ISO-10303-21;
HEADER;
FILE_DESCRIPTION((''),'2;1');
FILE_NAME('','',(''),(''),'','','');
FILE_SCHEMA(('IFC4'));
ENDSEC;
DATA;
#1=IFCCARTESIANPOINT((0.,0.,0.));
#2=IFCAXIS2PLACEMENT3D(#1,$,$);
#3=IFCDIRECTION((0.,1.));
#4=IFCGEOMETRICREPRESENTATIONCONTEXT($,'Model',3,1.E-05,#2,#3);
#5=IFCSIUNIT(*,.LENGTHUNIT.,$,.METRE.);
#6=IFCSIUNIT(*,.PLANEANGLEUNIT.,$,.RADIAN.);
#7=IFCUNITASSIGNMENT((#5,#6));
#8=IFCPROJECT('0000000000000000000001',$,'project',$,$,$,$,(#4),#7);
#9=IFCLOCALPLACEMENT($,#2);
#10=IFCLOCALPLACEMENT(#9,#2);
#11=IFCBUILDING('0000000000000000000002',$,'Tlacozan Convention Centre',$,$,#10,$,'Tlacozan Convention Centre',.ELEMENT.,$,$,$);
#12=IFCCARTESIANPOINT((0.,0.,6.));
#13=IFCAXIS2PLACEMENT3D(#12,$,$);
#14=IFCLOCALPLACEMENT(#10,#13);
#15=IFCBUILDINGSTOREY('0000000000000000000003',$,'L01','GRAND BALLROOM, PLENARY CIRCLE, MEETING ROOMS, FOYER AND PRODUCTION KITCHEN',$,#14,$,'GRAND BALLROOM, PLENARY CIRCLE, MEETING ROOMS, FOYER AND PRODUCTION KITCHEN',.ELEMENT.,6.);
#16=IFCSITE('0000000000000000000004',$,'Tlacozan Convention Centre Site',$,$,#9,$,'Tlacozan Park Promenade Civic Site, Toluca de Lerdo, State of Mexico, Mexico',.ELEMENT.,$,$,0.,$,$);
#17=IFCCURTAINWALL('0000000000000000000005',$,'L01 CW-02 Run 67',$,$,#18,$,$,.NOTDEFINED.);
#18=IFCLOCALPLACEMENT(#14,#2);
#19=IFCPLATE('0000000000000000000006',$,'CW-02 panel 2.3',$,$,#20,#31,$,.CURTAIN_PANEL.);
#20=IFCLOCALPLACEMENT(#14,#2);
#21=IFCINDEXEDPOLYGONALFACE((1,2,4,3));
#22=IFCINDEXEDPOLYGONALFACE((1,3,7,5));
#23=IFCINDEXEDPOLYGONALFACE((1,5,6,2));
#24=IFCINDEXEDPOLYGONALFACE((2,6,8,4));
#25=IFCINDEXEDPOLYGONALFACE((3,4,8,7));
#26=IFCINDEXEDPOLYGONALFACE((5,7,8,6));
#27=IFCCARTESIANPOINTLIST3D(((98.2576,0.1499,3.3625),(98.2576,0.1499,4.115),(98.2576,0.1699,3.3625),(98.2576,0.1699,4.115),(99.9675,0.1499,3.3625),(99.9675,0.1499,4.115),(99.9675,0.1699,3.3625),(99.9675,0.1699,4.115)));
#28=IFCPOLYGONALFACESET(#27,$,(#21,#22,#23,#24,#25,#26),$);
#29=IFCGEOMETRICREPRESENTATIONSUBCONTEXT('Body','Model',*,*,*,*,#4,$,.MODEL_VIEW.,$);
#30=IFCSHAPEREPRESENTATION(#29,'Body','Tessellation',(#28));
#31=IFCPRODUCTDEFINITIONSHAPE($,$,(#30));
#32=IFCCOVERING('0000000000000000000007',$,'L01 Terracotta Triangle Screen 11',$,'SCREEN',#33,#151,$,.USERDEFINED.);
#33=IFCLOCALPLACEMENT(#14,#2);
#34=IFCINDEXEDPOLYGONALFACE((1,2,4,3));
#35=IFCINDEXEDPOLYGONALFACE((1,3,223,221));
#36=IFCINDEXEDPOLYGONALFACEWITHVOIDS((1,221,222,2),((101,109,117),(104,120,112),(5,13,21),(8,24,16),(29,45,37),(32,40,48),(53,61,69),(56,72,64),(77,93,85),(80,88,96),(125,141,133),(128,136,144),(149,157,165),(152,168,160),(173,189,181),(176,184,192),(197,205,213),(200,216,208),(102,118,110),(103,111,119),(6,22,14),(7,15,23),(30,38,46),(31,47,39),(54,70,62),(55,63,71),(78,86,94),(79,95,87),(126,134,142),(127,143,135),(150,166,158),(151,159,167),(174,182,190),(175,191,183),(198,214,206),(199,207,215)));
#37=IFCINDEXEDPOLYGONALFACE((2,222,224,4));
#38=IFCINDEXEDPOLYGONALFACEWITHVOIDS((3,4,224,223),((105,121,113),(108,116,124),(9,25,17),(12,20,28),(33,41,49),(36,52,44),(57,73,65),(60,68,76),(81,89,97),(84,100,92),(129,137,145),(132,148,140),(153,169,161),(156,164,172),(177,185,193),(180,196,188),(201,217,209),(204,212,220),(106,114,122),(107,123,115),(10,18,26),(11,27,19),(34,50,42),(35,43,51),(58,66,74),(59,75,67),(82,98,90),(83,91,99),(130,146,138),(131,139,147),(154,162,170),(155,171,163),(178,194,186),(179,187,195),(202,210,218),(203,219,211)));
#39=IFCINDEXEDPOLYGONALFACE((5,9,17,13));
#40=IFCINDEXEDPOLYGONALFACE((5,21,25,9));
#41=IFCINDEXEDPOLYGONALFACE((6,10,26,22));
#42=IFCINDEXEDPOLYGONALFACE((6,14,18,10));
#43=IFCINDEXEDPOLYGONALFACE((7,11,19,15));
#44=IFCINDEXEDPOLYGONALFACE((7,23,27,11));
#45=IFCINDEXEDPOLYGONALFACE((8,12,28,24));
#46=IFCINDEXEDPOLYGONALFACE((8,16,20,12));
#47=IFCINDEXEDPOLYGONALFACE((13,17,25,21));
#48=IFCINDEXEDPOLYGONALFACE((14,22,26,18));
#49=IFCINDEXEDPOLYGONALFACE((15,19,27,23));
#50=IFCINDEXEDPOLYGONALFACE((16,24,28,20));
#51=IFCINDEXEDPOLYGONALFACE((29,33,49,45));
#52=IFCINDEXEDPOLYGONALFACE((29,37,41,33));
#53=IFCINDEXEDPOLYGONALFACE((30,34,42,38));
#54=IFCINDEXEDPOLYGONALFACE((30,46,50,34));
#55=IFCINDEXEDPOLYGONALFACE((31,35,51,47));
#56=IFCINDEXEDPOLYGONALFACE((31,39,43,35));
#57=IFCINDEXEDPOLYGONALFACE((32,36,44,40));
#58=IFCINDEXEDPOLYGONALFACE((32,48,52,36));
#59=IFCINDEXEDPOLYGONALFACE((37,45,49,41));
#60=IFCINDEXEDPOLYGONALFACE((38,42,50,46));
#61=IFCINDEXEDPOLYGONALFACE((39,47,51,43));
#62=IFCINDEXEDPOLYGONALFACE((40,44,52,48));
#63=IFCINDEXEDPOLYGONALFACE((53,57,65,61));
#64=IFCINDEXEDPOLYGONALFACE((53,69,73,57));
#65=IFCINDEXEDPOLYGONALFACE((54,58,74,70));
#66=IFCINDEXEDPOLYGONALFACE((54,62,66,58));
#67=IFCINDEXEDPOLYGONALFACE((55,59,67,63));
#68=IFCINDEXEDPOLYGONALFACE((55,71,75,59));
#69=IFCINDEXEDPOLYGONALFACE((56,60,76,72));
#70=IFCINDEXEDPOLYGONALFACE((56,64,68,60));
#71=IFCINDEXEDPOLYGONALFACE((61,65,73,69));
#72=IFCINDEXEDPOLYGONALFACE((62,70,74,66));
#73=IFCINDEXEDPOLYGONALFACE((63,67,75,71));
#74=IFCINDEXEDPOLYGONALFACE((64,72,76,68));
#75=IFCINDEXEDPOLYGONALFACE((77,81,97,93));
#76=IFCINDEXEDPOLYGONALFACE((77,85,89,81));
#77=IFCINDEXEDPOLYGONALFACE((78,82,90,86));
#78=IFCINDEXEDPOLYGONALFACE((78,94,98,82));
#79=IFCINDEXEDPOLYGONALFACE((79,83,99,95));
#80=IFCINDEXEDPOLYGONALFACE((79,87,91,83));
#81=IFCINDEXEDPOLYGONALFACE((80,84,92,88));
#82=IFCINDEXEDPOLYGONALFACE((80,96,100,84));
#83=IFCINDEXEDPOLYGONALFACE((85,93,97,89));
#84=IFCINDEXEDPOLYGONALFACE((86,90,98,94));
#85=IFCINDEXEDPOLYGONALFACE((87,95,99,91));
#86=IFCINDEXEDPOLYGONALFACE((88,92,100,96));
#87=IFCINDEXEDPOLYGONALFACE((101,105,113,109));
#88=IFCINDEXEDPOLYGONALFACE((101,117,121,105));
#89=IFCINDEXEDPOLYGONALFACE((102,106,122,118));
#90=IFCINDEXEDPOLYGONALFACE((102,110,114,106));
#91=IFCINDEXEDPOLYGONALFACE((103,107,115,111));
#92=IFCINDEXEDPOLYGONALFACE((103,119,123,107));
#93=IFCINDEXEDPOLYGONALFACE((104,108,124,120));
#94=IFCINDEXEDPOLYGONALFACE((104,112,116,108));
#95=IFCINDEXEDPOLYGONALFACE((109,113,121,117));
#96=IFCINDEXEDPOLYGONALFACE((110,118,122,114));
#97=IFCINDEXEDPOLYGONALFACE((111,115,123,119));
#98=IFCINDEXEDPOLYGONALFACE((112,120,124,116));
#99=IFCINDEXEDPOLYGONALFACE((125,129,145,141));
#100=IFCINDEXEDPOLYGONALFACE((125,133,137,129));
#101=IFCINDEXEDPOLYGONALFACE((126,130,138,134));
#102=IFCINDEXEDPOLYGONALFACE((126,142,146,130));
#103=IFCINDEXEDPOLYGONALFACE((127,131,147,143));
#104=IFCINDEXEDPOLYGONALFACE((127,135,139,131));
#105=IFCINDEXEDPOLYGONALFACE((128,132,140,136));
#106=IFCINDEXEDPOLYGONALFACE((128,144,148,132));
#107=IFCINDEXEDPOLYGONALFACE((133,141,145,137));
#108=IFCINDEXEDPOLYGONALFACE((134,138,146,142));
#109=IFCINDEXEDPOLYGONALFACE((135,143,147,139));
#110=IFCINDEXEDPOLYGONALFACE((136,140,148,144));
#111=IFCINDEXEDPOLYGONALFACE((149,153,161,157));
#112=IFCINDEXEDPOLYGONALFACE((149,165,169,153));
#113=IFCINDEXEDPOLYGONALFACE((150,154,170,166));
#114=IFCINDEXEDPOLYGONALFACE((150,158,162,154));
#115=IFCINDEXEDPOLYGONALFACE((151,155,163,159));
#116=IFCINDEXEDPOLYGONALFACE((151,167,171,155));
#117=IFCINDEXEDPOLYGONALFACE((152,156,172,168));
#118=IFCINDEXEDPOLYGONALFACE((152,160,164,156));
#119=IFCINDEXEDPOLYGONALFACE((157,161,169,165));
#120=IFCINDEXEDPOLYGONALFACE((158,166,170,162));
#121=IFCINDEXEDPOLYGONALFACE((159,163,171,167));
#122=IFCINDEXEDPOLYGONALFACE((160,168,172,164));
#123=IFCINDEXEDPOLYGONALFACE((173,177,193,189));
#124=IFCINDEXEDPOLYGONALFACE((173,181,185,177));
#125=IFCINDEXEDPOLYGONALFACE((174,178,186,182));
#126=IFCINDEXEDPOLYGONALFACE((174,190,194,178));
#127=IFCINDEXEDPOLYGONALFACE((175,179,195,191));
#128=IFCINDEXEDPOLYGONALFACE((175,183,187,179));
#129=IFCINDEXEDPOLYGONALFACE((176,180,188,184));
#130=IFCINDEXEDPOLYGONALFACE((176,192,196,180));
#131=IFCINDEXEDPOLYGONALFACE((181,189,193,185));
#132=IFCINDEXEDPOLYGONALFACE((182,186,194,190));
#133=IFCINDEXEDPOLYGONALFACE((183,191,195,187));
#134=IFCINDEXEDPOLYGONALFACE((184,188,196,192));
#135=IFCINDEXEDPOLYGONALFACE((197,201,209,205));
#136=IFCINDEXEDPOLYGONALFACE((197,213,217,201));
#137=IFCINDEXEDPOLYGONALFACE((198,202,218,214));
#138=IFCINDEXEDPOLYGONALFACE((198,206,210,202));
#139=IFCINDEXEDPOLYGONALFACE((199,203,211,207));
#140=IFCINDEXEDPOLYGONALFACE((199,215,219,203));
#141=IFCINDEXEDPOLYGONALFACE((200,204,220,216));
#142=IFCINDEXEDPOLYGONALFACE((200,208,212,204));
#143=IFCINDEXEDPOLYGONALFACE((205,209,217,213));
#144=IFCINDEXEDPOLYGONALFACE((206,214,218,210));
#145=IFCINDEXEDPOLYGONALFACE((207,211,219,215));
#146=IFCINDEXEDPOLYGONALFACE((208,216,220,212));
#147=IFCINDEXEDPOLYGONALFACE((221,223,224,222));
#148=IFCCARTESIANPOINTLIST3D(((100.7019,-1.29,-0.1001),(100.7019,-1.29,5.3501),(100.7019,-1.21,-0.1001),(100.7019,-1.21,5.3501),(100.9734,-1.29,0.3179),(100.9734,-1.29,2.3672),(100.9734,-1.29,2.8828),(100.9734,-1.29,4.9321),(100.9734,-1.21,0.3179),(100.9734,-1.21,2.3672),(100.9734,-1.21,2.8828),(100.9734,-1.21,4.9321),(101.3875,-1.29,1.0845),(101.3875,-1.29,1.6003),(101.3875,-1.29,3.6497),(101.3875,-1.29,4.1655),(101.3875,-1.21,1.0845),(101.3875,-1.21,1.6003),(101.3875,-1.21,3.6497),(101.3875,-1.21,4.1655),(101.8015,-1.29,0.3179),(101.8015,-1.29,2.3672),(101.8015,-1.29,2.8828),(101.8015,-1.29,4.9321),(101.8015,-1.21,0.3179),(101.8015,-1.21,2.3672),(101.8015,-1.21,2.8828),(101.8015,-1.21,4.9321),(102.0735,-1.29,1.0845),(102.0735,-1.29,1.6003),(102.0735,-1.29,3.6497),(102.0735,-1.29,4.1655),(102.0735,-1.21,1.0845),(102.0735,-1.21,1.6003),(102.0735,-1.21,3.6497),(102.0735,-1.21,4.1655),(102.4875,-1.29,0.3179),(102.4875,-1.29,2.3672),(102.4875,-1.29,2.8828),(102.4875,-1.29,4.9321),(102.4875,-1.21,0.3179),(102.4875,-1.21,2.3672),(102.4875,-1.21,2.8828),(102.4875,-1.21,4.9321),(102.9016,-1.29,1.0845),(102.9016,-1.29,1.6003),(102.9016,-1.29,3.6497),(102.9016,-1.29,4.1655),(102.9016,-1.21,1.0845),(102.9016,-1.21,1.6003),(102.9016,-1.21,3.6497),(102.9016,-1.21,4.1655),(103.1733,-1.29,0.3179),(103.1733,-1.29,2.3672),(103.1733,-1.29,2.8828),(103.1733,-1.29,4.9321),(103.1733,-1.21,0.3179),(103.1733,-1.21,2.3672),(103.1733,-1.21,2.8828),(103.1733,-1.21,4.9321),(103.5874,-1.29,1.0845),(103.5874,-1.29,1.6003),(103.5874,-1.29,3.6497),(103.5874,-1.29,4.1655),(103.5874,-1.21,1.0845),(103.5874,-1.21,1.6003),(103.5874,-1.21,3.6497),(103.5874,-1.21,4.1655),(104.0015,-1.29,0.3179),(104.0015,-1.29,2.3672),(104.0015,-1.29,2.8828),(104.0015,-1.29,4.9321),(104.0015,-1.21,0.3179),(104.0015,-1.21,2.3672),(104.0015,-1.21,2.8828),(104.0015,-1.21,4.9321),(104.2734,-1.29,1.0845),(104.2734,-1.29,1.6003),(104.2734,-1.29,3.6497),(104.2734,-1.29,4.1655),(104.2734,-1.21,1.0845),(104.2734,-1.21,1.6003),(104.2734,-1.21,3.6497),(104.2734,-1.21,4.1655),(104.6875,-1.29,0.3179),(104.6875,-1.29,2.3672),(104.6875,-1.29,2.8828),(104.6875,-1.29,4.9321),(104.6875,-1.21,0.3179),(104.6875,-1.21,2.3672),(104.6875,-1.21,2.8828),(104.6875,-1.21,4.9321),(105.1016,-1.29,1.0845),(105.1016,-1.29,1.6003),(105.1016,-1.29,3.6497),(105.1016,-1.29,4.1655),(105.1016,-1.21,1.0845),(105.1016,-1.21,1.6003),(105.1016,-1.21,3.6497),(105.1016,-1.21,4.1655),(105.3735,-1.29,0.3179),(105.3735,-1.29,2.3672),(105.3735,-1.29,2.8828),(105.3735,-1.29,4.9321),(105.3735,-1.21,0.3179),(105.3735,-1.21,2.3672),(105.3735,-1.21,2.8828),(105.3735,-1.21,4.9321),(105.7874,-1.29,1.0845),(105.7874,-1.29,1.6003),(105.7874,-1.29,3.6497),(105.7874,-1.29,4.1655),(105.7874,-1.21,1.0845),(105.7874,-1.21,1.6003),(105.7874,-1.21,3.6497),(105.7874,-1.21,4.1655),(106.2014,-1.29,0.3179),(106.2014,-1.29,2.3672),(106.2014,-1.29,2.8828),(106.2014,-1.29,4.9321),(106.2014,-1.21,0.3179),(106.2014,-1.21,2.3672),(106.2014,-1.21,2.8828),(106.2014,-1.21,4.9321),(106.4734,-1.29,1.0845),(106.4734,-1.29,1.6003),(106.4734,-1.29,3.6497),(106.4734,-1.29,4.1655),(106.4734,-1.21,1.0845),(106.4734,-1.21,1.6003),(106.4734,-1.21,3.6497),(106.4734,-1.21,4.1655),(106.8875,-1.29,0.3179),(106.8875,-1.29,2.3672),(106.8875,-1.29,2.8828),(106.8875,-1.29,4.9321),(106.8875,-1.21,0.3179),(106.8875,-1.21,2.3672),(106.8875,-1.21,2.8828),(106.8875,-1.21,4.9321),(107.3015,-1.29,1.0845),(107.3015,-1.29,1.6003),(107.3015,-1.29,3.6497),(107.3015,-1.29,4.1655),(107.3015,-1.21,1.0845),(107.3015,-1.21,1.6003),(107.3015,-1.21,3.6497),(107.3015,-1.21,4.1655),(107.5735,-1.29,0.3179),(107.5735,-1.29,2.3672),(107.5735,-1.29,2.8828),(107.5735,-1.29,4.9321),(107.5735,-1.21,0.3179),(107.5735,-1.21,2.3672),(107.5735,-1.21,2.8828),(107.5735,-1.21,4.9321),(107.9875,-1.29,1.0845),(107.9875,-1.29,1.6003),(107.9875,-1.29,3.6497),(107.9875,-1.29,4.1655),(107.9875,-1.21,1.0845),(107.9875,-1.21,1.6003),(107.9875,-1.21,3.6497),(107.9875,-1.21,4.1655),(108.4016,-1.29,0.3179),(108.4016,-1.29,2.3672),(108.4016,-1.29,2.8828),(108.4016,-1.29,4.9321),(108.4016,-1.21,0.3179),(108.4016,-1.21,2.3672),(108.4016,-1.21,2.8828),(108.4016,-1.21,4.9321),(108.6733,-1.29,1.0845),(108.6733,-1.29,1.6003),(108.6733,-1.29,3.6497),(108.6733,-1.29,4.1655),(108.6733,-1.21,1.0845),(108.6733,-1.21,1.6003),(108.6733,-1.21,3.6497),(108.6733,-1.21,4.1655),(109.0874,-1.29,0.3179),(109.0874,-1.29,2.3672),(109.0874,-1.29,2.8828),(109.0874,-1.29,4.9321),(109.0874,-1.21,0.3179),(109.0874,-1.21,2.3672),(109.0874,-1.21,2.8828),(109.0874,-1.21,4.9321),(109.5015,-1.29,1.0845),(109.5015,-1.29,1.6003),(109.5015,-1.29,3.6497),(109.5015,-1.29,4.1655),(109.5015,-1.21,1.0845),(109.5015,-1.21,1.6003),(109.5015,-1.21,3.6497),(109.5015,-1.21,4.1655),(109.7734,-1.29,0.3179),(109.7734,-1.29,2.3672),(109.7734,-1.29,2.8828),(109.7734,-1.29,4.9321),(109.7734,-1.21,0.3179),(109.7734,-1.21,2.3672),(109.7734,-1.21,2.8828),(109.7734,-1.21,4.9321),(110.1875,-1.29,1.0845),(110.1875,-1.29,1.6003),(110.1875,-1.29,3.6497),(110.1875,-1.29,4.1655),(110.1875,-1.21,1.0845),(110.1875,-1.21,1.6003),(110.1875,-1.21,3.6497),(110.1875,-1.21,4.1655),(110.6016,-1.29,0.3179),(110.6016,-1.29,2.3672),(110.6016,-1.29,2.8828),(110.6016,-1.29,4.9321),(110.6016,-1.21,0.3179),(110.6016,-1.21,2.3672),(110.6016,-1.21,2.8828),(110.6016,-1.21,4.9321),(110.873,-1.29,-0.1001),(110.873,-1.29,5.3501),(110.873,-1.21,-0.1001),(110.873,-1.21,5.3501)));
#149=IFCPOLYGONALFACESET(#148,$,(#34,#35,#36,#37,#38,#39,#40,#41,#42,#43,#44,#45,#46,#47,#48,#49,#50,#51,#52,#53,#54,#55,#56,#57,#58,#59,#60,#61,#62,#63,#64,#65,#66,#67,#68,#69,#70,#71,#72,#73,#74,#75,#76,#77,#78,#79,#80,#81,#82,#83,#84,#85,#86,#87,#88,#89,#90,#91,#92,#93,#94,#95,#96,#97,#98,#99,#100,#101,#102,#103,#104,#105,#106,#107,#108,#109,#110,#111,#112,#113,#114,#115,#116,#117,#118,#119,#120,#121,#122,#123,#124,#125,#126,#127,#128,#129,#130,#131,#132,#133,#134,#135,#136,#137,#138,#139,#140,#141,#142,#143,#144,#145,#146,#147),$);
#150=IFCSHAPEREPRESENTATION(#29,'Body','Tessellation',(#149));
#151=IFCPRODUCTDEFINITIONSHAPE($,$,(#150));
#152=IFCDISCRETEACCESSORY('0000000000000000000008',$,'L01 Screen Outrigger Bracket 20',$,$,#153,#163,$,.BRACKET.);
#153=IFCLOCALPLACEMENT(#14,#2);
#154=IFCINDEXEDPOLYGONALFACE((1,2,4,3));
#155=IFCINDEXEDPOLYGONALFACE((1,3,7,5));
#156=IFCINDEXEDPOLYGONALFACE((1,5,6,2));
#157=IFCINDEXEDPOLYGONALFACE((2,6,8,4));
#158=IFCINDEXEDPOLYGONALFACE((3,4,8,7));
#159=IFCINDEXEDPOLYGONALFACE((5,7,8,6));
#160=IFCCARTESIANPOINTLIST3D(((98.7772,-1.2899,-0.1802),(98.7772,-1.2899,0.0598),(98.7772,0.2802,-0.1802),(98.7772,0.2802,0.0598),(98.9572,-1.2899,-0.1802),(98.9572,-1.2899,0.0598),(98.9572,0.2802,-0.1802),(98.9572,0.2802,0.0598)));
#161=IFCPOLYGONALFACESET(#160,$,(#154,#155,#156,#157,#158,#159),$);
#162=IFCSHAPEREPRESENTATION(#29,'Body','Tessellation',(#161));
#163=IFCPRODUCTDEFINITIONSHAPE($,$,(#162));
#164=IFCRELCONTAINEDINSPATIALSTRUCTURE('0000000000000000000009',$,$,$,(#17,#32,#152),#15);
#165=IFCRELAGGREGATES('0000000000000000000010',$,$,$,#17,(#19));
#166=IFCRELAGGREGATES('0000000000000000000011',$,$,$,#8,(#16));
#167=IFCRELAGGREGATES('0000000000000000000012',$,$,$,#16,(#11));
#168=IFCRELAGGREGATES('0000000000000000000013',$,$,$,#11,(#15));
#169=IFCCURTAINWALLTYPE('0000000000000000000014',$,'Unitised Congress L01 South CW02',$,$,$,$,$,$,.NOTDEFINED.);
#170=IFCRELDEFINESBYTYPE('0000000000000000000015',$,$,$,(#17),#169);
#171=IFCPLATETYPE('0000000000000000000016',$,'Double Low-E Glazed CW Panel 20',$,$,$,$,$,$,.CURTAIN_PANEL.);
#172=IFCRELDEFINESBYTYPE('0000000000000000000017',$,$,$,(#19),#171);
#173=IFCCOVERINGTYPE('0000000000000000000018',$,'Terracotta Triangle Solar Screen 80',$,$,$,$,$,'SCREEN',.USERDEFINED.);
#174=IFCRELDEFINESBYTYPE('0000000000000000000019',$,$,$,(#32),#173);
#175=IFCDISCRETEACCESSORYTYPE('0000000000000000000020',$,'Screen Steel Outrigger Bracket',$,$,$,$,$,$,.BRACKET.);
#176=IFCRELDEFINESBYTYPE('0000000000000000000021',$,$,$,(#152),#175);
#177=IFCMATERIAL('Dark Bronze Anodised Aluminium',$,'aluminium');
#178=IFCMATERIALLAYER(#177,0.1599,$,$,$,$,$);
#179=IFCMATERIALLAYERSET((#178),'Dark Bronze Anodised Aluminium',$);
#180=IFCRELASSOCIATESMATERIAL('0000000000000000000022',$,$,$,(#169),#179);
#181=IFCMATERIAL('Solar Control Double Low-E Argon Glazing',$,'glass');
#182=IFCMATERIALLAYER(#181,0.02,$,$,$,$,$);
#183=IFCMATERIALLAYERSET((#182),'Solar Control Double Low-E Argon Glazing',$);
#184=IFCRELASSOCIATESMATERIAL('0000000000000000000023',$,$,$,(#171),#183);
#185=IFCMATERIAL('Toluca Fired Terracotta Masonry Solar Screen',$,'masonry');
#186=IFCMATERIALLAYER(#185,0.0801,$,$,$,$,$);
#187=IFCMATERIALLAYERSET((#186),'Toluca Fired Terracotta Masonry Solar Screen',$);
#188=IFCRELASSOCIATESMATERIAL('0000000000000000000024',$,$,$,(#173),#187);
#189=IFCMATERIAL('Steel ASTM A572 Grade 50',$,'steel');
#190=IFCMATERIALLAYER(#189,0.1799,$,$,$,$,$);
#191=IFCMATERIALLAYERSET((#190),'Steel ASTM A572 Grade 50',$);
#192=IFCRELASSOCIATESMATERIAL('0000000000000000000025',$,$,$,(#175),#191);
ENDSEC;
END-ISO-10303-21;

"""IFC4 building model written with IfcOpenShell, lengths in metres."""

from ifc_helpers import new_model, si_unit, direction, frame, origin, origin_2d, place, context, subcontext, project, spatial, polyline, rectangle, outline, extrude, material, layer, layer_set, type_object, element, aggregate, save


model = new_model("IFC4")

# Units and contexts
model_context = context("Model", 3, precision=1e-05, world=origin(), true_north=direction((0.0, 1.0)))
body_context = subcontext(model_context, "Body", "Model", "MODEL_VIEW")
ifc_project = project(units=[si_unit("LENGTHUNIT", "METRE"), si_unit("PLANEANGLEUNIT", "RADIAN")], contexts=[model_context])

# Site, building, storey
site_placement = place(None, origin())
site = spatial("IfcSite", under=ifc_project, at=site_placement, Name="Tlacozan Convention Centre Site", LongName="Tlacozan Park Promenade Civic Site, Toluca de Lerdo, State of Mexico, Mexico", CompositionType="ELEMENT", RefElevation=0.0)
building_placement = place(site_placement, origin())
building = spatial("IfcBuilding", under=site, at=building_placement, Name="Tlacozan Convention Centre", LongName="Tlacozan Convention Centre", CompositionType="ELEMENT")
storey_placement = place(building_placement, frame((0.0, 0.0, 6.0)))
storey = spatial("IfcBuildingStorey", under=building, at=storey_placement, Name="L01", Description="GRAND BALLROOM, PLENARY CIRCLE, MEETING ROOMS, FOYER AND PRODUCTION KITCHEN", LongName="GRAND BALLROOM, PLENARY CIRCLE, MEETING ROOMS, FOYER AND PRODUCTION KITCHEN", CompositionType="ELEMENT", Elevation=6.0)

# Shared definitions
ifc_material_1 = material(Name="Dark Bronze Anodised Aluminium", Category="aluminium")
ifc_layer_1 = layer(ifc_material_1, 0.1599)
ifc_layer_set_1 = layer_set([ifc_layer_1], Name="Dark Bronze Anodised Aluminium")
curtain_wall_type = type_object("IfcCurtainWallType", Name="Unitised Congress L01 South CW02", PredefinedType="NOTDEFINED", material=ifc_layer_set_1)

# Curtain wall
curtain_wall_1_placement = place(storey_placement, origin())
curtain_wall_1 = element("IfcCurtainWall", 1, at=curtain_wall_1_placement, inside=storey, type_object=curtain_wall_type, Name="L01 CW-02 Run 67", PredefinedType="NOTDEFINED")

# Plate
ifc_material_2 = material(Name="Solar Control Double Low-E Argon Glazing", Category="glass")
ifc_layer_2 = layer(ifc_material_2, 0.02)
ifc_layer_set_2 = layer_set([ifc_layer_2], Name="Solar Control Double Low-E Argon Glazing")
plate_type = type_object("IfcPlateType", Name="Double Low-E Glazed CW Panel 20", PredefinedType="CURTAIN_PANEL", material=ifc_layer_set_2)
plate_1_placement = place(storey_placement, frame((99.1125, 0.1599, 3.3625), z_axis=(0.0, 0.0, 1.0), x_axis=(1.0, 0.0, 0.0)))
plate_1 = element("IfcPlate", 2, at=plate_1_placement, type_object=plate_type, Name="CW-02 panel 2.3", PredefinedType="CURTAIN_PANEL", context=body_context, shape_type="SweptSolid", body=[
    extrude(rectangle(XDim=1.71, YDim=0.02, at=origin_2d()), origin(), (0.0, 0.0, 1.0), 0.7524),
])
aggregate(curtain_wall_1, [plate_1])

# Covering
ifc_material_3 = material(Name="Toluca Fired Terracotta Masonry Solar Screen", Category="masonry")
ifc_layer_3 = layer(ifc_material_3, 0.0801)
ifc_layer_set_3 = layer_set([ifc_layer_3], Name="Toluca Fired Terracotta Masonry Solar Screen")
covering_type = type_object("IfcCoveringType", Name="Terracotta Triangle Solar Screen 80", ElementType="SCREEN", PredefinedType="USERDEFINED", material=ifc_layer_set_3)
covering_placement = place(storey_placement, frame((100.7019, -1.25, -0.1001), z_axis=(0.0, 0.0, 1.0), x_axis=(1.0, 0.0, 0.0)))
element("IfcCovering", 3, at=covering_placement, inside=storey, type_object=covering_type, Name="L01 Terracotta Triangle Screen 11", ObjectType="SCREEN", PredefinedType="USERDEFINED", context=body_context, shape_type="SweptSolid", body=[
    extrude(outline(polyline([(0.0, 0.0), (10.1711, 0.0), (10.1711, 5.4502), (0.0, 5.4502), (0.0, 0.0)]), holes=[polyline([(0.2715, 0.418), (1.0996, 0.418), (0.6855, 1.1846), (0.2715, 0.418)]), polyline([(1.3716, 1.1846), (2.1997, 1.1846), (1.7856, 0.418), (1.3716, 1.1846)]), polyline([(2.4714, 0.418), (3.2996, 0.418), (2.8855, 1.1846), (2.4714, 0.418)]), polyline([(3.5715, 1.1846), (4.3997, 1.1846), (3.9856, 0.418), (3.5715, 1.1846)]), polyline([(4.6716, 0.418), (5.4995, 0.418), (5.0854, 1.1846), (4.6716, 0.418)]), polyline([(5.7715, 1.1846), (6.5996, 1.1846), (6.1855, 0.418), (5.7715, 1.1846)]), polyline([(6.8716, 0.418), (7.6997, 0.418), (7.2856, 1.1846), (6.8716, 0.418)]), polyline([(7.9714, 1.1846), (8.7996, 1.1846), (8.3855, 0.418), (7.9714, 1.1846)]), polyline([(9.0715, 0.418), (9.8997, 0.418), (9.4856, 1.1846), (9.0715, 0.418)]), polyline([(0.2715, 2.4673), (1.0996, 2.4673), (0.6855, 1.7004), (0.2715, 2.4673)]), polyline([(1.3716, 1.7004), (2.1997, 1.7004), (1.7856, 2.4673), (1.3716, 1.7004)]), polyline([(2.4714, 2.4673), (3.2996, 2.4673), (2.8855, 1.7004), (2.4714, 2.4673)]), polyline([(3.5715, 1.7004), (4.3997, 1.7004), (3.9856, 2.4673), (3.5715, 1.7004)]), polyline([(4.6716, 2.4673), (5.4995, 2.4673), (5.0854, 1.7004), (4.6716, 2.4673)]), polyline([(5.7715, 1.7004), (6.5996, 1.7004), (6.1855, 2.4673), (5.7715, 1.7004)]), polyline([(6.8716, 2.4673), (7.6997, 2.4673), (7.2856, 1.7004), (6.8716, 2.4673)]), polyline([(7.9714, 1.7004), (8.7996, 1.7004), (8.3855, 2.4673), (7.9714, 1.7004)]), polyline([(9.0715, 2.4673), (9.8997, 2.4673), (9.4856, 1.7004), (9.0715, 2.4673)]), polyline([(0.2715, 2.9829), (1.0996, 2.9829), (0.6855, 3.7498), (0.2715, 2.9829)]), polyline([(1.3716, 3.7498), (2.1997, 3.7498), (1.7856, 2.9829), (1.3716, 3.7498)]), polyline([(2.4714, 2.9829), (3.2996, 2.9829), (2.8855, 3.7498), (2.4714, 2.9829)]), polyline([(3.5715, 3.7498), (4.3997, 3.7498), (3.9856, 2.9829), (3.5715, 3.7498)]), polyline([(4.6716, 2.9829), (5.4995, 2.9829), (5.0854, 3.7498), (4.6716, 2.9829)]), polyline([(5.7715, 3.7498), (6.5996, 3.7498), (6.1855, 2.9829), (5.7715, 3.7498)]), polyline([(6.8716, 2.9829), (7.6997, 2.9829), (7.2856, 3.7498), (6.8716, 2.9829)]), polyline([(7.9714, 3.7498), (8.7996, 3.7498), (8.3855, 2.9829), (7.9714, 3.7498)]), polyline([(9.0715, 2.9829), (9.8997, 2.9829), (9.4856, 3.7498), (9.0715, 2.9829)]), polyline([(0.2715, 5.0322), (1.0996, 5.0322), (0.6855, 4.2656), (0.2715, 5.0322)]), polyline([(1.3716, 4.2656), (2.1997, 4.2656), (1.7856, 5.0322), (1.3716, 4.2656)]), polyline([(2.4714, 5.0322), (3.2996, 5.0322), (2.8855, 4.2656), (2.4714, 5.0322)]), polyline([(3.5715, 4.2656), (4.3997, 4.2656), (3.9856, 5.0322), (3.5715, 4.2656)]), polyline([(4.6716, 5.0322), (5.4995, 5.0322), (5.0854, 4.2656), (4.6716, 5.0322)]), polyline([(5.7715, 4.2656), (6.5996, 4.2656), (6.1855, 5.0322), (5.7715, 4.2656)]), polyline([(6.8716, 5.0322), (7.6997, 5.0322), (7.2856, 4.2656), (6.8716, 5.0322)]), polyline([(7.9714, 4.2656), (8.7996, 4.2656), (8.3855, 5.0322), (7.9714, 4.2656)]), polyline([(9.0715, 5.0322), (9.8997, 5.0322), (9.4856, 4.2656), (9.0715, 5.0322)])]), frame((0.0, 0.04, 0.0), z_axis=(0.0, -1.0, 0.0), x_axis=(1.0, 0.0, 0.0)), (0.0, 0.0, 1.0), 0.0801),
])

# Discrete accessory
ifc_material_4 = material(Name="Steel ASTM A572 Grade 50", Category="steel")
ifc_layer_4 = layer(ifc_material_4, 0.1799)
ifc_layer_set_4 = layer_set([ifc_layer_4], Name="Steel ASTM A572 Grade 50")
discrete_accessory_type = type_object("IfcDiscreteAccessoryType", Name="Screen Steel Outrigger Bracket", PredefinedType="BRACKET", material=ifc_layer_set_4)
discrete_accessory_placement = place(storey_placement, frame((98.8672, -0.5049, -0.1802), z_axis=(0.0, 0.0, 1.0), x_axis=(0.0, 1.0, 0.0)))
element("IfcDiscreteAccessory", 4, at=discrete_accessory_placement, inside=storey, type_object=discrete_accessory_type, Name="L01 Screen Outrigger Bracket 20", PredefinedType="BRACKET", context=body_context, shape_type="SweptSolid", body=[
    extrude(rectangle(XDim=1.5701, YDim=0.1799, at=origin_2d()), origin(), (0.0, 0.0, 1.0), 0.24),
])

save(model, "model.ifc")
